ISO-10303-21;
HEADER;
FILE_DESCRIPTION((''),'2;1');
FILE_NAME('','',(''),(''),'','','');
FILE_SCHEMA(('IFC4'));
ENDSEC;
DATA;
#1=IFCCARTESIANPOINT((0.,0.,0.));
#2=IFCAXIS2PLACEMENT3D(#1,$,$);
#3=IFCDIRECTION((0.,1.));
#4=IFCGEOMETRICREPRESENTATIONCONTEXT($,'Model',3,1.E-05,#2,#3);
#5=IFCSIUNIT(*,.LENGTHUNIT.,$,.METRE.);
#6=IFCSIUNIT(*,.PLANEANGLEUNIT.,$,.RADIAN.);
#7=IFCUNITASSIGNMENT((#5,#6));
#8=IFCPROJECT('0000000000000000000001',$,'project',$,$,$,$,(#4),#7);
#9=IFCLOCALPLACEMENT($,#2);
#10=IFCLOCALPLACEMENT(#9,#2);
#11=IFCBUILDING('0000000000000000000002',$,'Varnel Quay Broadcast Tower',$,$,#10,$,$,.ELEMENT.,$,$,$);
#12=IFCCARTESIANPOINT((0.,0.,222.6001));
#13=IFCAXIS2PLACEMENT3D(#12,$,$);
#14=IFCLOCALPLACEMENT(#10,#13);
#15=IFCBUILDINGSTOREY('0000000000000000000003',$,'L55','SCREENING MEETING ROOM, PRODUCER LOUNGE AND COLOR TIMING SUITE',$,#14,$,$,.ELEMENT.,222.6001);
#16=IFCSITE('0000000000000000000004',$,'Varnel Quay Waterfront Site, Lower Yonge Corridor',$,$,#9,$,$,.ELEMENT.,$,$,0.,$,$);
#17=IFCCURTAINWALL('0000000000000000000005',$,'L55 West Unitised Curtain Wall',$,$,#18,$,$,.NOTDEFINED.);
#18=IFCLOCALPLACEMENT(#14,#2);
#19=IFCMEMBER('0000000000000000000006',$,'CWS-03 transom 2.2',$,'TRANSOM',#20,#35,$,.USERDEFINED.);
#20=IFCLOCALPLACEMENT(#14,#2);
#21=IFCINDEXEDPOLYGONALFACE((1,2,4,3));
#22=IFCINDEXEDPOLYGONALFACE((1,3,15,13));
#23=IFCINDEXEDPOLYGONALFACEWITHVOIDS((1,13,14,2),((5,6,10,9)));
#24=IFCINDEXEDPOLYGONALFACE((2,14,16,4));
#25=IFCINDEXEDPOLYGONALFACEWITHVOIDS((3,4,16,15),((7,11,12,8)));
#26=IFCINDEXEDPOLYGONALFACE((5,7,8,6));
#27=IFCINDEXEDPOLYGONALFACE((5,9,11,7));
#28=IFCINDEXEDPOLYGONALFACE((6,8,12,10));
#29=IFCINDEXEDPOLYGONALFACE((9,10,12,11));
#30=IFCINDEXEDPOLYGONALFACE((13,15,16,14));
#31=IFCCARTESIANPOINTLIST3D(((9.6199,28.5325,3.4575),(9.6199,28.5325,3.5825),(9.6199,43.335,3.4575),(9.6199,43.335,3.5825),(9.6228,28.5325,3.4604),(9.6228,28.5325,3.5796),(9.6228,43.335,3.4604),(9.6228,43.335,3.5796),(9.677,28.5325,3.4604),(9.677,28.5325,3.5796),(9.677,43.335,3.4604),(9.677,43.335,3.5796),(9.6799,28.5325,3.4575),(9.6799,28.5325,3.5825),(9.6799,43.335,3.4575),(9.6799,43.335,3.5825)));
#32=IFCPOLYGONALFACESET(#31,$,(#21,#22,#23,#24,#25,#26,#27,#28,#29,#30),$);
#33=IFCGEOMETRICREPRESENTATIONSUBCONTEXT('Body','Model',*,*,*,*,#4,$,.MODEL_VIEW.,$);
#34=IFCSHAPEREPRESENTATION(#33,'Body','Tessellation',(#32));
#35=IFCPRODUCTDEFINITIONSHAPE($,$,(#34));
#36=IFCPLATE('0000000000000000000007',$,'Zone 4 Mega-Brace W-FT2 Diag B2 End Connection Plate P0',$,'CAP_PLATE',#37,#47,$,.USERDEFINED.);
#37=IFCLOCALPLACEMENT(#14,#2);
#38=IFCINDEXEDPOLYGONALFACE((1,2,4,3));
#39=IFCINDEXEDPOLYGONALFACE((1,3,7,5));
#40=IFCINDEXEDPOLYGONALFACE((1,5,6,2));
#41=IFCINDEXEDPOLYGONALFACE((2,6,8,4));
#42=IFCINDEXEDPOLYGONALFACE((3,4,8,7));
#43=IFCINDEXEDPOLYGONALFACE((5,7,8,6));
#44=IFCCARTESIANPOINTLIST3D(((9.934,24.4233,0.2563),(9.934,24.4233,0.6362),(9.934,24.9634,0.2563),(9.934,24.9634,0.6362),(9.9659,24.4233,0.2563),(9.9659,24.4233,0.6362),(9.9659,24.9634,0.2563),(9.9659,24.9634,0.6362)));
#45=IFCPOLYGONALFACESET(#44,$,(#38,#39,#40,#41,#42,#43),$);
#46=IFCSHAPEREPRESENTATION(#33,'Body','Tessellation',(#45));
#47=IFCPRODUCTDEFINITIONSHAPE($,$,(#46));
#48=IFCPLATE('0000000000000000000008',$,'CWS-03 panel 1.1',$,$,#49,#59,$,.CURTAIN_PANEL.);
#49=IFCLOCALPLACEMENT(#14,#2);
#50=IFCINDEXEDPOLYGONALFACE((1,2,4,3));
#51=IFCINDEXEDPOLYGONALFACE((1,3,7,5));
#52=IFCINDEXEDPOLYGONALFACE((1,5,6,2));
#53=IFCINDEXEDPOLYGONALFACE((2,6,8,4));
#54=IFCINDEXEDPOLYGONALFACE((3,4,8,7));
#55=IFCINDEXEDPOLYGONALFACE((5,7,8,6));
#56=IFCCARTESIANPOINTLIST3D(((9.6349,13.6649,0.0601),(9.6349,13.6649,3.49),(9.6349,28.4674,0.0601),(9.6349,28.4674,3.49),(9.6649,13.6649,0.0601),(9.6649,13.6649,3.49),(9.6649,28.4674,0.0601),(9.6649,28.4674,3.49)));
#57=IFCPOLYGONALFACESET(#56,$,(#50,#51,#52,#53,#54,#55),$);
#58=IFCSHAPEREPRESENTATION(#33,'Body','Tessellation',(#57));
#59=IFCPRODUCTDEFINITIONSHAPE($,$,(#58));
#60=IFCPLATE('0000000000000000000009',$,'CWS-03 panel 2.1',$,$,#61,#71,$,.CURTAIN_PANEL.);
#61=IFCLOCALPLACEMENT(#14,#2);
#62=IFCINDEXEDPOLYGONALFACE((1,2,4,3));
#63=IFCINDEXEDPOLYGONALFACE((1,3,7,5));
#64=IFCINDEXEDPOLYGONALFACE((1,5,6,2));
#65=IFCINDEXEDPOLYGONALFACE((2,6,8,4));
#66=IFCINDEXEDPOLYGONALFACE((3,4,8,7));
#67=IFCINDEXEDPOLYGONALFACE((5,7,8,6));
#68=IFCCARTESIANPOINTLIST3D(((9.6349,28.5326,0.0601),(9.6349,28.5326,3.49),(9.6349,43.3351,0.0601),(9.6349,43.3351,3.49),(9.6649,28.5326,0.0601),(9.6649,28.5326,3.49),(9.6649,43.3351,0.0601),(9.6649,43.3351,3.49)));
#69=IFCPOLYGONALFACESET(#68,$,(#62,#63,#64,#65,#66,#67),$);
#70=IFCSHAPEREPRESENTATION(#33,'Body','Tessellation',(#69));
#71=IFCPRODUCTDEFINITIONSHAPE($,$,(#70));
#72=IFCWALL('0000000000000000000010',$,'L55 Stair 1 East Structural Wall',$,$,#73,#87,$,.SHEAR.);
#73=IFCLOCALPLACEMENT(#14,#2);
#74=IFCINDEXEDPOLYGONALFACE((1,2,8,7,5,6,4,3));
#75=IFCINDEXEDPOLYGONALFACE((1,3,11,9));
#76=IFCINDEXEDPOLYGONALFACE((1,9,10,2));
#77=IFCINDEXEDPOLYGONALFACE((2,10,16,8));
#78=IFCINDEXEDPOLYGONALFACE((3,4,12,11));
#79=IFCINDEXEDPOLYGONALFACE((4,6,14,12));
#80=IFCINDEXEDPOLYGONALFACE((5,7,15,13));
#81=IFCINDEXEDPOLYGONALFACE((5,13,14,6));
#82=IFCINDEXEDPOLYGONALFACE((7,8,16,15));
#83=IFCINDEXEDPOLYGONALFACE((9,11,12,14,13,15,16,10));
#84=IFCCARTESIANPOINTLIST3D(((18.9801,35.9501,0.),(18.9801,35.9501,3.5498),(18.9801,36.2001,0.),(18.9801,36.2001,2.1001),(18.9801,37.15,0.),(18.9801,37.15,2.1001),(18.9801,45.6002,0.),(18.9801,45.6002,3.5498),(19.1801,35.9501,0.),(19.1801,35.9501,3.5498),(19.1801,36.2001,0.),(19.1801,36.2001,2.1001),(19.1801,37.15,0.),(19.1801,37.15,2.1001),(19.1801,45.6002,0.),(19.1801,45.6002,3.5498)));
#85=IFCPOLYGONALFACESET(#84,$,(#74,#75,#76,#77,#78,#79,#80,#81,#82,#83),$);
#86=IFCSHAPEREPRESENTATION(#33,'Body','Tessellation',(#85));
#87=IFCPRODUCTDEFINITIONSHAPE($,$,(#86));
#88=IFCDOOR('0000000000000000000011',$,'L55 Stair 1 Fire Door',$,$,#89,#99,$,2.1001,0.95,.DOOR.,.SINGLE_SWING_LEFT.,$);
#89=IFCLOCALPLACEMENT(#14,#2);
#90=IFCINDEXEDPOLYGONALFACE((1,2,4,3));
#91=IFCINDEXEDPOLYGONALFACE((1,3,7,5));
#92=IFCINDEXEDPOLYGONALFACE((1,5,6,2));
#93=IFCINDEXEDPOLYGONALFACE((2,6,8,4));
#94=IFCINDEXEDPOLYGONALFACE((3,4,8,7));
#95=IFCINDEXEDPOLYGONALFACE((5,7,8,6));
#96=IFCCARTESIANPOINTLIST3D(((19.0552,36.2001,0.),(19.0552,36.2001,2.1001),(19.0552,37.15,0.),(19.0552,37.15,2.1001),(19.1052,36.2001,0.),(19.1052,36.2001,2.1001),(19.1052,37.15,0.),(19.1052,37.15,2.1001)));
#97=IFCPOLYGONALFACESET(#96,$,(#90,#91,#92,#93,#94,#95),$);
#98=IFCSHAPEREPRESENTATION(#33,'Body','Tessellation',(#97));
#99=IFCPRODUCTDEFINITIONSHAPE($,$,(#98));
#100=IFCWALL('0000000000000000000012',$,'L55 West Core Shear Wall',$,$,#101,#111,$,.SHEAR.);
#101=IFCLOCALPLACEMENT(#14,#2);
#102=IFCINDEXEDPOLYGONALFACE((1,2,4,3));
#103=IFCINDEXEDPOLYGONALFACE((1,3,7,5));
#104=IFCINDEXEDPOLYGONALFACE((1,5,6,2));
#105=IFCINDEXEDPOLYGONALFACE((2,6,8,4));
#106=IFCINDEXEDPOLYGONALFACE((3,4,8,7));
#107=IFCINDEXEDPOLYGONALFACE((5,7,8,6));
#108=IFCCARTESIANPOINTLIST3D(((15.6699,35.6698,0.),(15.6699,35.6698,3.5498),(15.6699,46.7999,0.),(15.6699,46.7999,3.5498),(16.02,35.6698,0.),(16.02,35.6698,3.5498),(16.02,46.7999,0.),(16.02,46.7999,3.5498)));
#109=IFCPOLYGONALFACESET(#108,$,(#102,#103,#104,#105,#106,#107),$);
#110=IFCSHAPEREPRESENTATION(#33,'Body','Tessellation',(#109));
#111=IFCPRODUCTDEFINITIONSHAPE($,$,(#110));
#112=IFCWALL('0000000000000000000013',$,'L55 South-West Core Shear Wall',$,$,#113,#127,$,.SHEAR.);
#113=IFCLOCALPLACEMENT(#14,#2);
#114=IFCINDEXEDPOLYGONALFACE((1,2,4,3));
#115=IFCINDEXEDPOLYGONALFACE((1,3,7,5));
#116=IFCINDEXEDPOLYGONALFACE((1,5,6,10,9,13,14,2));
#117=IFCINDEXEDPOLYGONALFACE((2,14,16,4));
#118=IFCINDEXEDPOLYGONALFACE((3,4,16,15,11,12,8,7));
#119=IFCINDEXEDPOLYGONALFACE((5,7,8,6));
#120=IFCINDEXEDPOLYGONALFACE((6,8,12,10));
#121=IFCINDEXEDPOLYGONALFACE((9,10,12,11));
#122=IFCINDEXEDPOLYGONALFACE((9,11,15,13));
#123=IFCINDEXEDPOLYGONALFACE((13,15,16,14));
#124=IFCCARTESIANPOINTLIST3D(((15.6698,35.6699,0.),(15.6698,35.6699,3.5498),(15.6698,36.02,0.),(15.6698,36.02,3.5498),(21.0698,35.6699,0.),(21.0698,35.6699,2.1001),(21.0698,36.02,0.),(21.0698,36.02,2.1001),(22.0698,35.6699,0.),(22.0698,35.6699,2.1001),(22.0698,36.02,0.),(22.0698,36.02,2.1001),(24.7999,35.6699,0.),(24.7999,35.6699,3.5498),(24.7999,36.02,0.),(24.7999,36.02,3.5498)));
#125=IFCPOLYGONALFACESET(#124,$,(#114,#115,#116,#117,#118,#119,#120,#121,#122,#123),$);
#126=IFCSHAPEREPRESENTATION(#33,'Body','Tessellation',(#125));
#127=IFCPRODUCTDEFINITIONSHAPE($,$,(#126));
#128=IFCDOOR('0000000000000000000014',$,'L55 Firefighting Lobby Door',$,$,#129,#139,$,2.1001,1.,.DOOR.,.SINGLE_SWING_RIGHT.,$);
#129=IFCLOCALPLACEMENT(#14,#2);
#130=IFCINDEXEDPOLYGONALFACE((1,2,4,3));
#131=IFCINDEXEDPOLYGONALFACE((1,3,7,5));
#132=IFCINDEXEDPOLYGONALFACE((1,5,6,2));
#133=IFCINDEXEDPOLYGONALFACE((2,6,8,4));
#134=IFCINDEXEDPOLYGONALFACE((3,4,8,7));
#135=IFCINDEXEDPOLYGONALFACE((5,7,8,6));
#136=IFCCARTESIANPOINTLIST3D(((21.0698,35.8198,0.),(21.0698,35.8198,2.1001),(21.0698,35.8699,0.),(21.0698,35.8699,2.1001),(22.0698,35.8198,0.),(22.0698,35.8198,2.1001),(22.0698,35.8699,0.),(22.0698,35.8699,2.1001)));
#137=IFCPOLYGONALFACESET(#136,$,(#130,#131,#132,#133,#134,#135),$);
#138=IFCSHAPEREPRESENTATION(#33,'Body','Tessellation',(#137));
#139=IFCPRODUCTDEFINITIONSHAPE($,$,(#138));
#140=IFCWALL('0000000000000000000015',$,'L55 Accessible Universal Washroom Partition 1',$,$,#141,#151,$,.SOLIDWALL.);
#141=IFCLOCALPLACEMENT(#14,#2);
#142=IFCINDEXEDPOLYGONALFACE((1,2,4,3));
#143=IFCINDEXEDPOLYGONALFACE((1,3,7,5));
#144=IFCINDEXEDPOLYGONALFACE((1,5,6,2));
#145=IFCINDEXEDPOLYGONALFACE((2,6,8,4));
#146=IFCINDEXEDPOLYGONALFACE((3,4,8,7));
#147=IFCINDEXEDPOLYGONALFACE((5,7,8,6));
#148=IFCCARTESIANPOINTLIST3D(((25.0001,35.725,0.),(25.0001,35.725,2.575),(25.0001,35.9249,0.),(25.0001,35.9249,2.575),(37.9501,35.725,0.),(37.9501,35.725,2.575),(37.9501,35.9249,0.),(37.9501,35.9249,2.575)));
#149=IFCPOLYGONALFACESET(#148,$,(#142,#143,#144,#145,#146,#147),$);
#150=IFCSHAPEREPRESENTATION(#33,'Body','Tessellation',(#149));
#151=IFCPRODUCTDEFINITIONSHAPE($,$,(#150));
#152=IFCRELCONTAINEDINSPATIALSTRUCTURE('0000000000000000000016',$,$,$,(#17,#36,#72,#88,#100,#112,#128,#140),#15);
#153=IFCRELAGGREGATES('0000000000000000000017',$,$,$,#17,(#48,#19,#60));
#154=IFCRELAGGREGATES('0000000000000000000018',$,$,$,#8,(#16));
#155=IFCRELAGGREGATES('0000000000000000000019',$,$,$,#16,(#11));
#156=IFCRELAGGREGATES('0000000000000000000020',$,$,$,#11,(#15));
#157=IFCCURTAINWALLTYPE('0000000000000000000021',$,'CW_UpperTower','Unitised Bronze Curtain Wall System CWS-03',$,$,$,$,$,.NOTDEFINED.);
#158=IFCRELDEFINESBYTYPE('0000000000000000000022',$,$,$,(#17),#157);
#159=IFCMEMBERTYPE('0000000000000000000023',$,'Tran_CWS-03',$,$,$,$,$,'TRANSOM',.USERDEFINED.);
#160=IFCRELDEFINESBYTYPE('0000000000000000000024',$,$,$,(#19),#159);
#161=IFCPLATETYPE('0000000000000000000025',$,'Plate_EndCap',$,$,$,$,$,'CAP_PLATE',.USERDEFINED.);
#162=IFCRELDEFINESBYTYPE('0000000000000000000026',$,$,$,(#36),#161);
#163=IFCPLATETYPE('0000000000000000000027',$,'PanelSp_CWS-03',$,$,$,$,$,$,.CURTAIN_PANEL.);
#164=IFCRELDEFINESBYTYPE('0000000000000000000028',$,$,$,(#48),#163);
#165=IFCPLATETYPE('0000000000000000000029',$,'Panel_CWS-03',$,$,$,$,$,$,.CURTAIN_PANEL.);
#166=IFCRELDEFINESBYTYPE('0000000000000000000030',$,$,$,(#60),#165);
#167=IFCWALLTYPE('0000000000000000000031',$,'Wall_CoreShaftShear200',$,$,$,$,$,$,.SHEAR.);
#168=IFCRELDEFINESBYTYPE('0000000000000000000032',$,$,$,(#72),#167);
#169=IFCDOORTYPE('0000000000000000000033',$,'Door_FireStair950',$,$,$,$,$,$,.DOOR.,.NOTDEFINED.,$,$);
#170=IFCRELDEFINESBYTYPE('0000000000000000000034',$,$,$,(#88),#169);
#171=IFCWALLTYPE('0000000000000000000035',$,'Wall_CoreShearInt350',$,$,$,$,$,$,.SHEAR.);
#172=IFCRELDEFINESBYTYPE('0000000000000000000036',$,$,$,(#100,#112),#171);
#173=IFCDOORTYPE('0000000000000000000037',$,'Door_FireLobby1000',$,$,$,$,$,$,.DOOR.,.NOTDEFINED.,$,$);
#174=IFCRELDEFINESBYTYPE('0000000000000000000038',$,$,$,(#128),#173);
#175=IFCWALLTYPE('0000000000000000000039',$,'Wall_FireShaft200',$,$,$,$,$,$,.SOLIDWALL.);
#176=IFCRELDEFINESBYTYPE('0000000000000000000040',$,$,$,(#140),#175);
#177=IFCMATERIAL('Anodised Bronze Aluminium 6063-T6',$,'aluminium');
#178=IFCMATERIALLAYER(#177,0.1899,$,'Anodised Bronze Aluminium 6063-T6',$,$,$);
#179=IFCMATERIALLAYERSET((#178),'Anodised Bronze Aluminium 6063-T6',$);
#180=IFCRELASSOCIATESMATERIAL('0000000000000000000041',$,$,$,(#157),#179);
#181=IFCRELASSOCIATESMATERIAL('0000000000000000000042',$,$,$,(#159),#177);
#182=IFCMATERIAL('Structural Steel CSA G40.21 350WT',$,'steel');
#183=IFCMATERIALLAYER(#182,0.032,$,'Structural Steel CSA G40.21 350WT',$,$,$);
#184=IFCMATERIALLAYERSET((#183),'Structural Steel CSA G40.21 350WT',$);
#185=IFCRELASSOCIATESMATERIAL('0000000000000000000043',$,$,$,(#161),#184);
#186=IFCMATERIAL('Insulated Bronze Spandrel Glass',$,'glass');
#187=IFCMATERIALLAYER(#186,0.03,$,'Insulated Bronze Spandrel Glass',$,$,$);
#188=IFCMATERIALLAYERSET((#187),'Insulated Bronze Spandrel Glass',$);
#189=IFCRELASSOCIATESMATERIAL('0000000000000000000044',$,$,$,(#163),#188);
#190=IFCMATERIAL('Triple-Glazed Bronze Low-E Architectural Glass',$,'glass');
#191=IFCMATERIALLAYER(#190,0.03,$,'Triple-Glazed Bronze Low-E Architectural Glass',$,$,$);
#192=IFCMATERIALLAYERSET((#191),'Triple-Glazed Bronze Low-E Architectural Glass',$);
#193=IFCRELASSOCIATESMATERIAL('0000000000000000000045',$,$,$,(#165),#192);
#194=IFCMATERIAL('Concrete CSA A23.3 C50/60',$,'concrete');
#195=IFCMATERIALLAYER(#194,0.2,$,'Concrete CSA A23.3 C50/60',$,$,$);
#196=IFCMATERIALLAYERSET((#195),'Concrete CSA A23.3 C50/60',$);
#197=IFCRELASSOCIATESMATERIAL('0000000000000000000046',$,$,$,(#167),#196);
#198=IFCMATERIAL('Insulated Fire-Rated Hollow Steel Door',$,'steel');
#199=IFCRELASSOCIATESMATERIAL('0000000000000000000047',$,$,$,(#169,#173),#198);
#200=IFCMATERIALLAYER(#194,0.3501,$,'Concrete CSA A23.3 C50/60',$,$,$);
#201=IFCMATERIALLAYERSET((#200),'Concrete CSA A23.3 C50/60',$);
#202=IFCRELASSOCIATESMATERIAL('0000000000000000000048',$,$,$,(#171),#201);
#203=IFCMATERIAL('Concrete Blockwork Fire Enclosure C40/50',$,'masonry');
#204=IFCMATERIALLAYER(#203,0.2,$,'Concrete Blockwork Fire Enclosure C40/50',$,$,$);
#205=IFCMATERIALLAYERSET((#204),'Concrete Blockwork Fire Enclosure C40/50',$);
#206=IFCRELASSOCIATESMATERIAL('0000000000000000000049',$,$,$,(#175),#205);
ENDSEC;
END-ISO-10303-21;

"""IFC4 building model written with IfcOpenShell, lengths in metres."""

from ifc_helpers import new_model, si_unit, direction, frame, frame_2d, origin, origin_2d, place, context, subcontext, project, spatial, rectangle, hollow_rectangle, extrude, source, transform, mapped, material, layer, layer_set, material_profile, profile_set, type_object, type_shapes, element, fill, aggregate, save


model = new_model("IFC4")

# Units and contexts
model_context = context("Model", 3, precision=1e-05, world=origin(), true_north=direction((0.0, 1.0)))
body_context = subcontext(model_context, "Body", "Model", "MODEL_VIEW")
ifc_project = project(units=[si_unit("LENGTHUNIT", "METRE"), si_unit("PLANEANGLEUNIT", "RADIAN")], contexts=[model_context])

# Site, building, storey
site_placement = place(None, origin())
site = spatial("IfcSite", under=ifc_project, at=site_placement, Name="Varnel Quay Waterfront Site, Lower Yonge Corridor", CompositionType="ELEMENT", RefElevation=0.0)
building_placement = place(site_placement, origin())
building = spatial("IfcBuilding", under=site, at=building_placement, Name="Varnel Quay Broadcast Tower", CompositionType="ELEMENT")
storey_placement = place(building_placement, frame((0.0, 0.0, 222.6001)))
storey = spatial("IfcBuildingStorey", under=building, at=storey_placement, Name="L55", Description="SCREENING MEETING ROOM, PRODUCER LOUNGE AND COLOR TIMING SUITE", CompositionType="ELEMENT", Elevation=222.6001)

# Shared definitions
ifc_material_1 = material(Name="Structural Steel CSA G40.21 350WT", Category="steel")

# Shared definitions
ifc_material_2 = material(Name="Concrete CSA A23.3 C50/60", Category="concrete")

# Curtain wall, member
ifc_material_3 = material(Name="Anodised Bronze Aluminium 6063-T6", Category="aluminium")
ifc_layer_1 = layer(ifc_material_3, 0.1899, Name="Anodised Bronze Aluminium 6063-T6")
ifc_layer_set_1 = layer_set([ifc_layer_1], Name="Anodised Bronze Aluminium 6063-T6")
curtain_wall_type = type_object("IfcCurtainWallType", Name="CW_UpperTower", Description="Unitised Bronze Curtain Wall System CWS-03", PredefinedType="NOTDEFINED", material=ifc_layer_set_1)
curtain_wall_placement = place(storey_placement, origin())
curtain_wall = element("IfcCurtainWall", 1, at=curtain_wall_placement, inside=storey, type_object=curtain_wall_type, Name="L55 West Unitised Curtain Wall", PredefinedType="NOTDEFINED")
ifc_material_profile_1 = material_profile(ifc_material_3, hollow_rectangle(XDim=0.0601, YDim=0.125, WallThickness=0.0029, at=origin_2d()), Name="ALU60X125X3")
ifc_profile_set_1 = profile_set([ifc_material_profile_1], Name="Anodised Bronze Aluminium 6063-T6")
member_type_1 = type_object("IfcMemberType", Name="Tran_CWS-03", ElementType="TRANSOM", PredefinedType="USERDEFINED", material=ifc_profile_set_1)
shared_shape_1 = source(origin(), body_context, "Body", "SweptSolid", [
    extrude(hollow_rectangle(XDim=0.0601, YDim=0.125, WallThickness=0.0029, at=origin_2d()), origin(), (0.0, 0.0, 1.0), 14.8025),
])
type_shapes(member_type_1, [shared_shape_1])
member_1_placement = place(storey_placement, frame((9.6499, 28.5325, 3.52), z_axis=(0.0, 1.0, 0.0), x_axis=(-1.0, 0.0, 0.0)))
member_1 = element("IfcMember", 2, at=member_1_placement, type_object=member_type_1, Name="CWS-03 transom 2.2", ObjectType="TRANSOM", PredefinedType="USERDEFINED", context=body_context, shape_type="MappedRepresentation", body=[
    mapped(shared_shape_1, transform((0.0, 0.0, 0.0), x_axis=(1.0, 0.0, 0.0), y_axis=(0.0, 1.0, 0.0), z_axis=(0.0, 0.0, 1.0), scale=1.0)),
])

# Plates
ifc_layer_2 = layer(ifc_material_1, 0.032, Name="Structural Steel CSA G40.21 350WT")
ifc_layer_set_2 = layer_set([ifc_layer_2], Name="Structural Steel CSA G40.21 350WT")
plate_type_1 = type_object("IfcPlateType", Name="Plate_EndCap", ElementType="CAP_PLATE", PredefinedType="USERDEFINED", material=ifc_layer_set_2)
shared_shape_2 = source(origin(), body_context, "Body", "SweptSolid", [
    extrude(rectangle(XDim=0.54, YDim=0.032, at=origin_2d()), origin(), (0.0, 0.0, 1.0), 0.3799),
])
type_shapes(plate_type_1, [shared_shape_2])
plate_1_placement = place(storey_placement, frame((9.95, 24.6934, 0.2563), z_axis=(0.0, 0.0, 1.0), x_axis=(0.0, 1.0, 0.0)))
element("IfcPlate", 3, at=plate_1_placement, inside=storey, type_object=plate_type_1, Name="Zone 4 Mega-Brace W-FT2 Diag B2 End Connection Plate P0", ObjectType="CAP_PLATE", PredefinedType="USERDEFINED", context=body_context, shape_type="MappedRepresentation", body=[
    mapped(shared_shape_2, transform((0.0, 0.0, 0.0), x_axis=(1.0, 0.0, 0.0), y_axis=(0.0, 1.0, 0.0), z_axis=(0.0, 0.0, 1.0), scale=1.0)),
])
ifc_material_4 = material(Name="Insulated Bronze Spandrel Glass", Category="glass")
ifc_layer_3 = layer(ifc_material_4, 0.03, Name="Insulated Bronze Spandrel Glass")
ifc_layer_set_3 = layer_set([ifc_layer_3], Name="Insulated Bronze Spandrel Glass")
plate_type_2 = type_object("IfcPlateType", Name="PanelSp_CWS-03", PredefinedType="CURTAIN_PANEL", material=ifc_layer_set_3)
shared_shape_3 = source(origin(), body_context, "Body", "SweptSolid", [
    extrude(rectangle(XDim=14.8025, YDim=0.03, at=origin_2d()), origin(), (0.0, 0.0, 1.0), 3.4299),
])
type_shapes(plate_type_2, [shared_shape_3])
plate_2_placement = place(storey_placement, frame((9.6499, 21.0662, 0.0601), z_axis=(0.0, 0.0, 1.0), x_axis=(0.0, 1.0, 0.0)))
plate_2 = element("IfcPlate", 4, at=plate_2_placement, type_object=plate_type_2, Name="CWS-03 panel 1.1", PredefinedType="CURTAIN_PANEL", context=body_context, shape_type="MappedRepresentation", body=[
    mapped(shared_shape_3, transform((0.0, 0.0, 0.0), x_axis=(1.0, 0.0, 0.0), y_axis=(0.0, 1.0, 0.0), z_axis=(0.0, 0.0, 1.0), scale=1.0)),
])
ifc_material_5 = material(Name="Triple-Glazed Bronze Low-E Architectural Glass", Category="glass")
ifc_layer_4 = layer(ifc_material_5, 0.03, Name="Triple-Glazed Bronze Low-E Architectural Glass")
ifc_layer_set_4 = layer_set([ifc_layer_4], Name="Triple-Glazed Bronze Low-E Architectural Glass")
plate_type_3 = type_object("IfcPlateType", Name="Panel_CWS-03", PredefinedType="CURTAIN_PANEL", material=ifc_layer_set_4)
shared_shape_4 = source(origin(), body_context, "Body", "SweptSolid", [
    extrude(rectangle(XDim=14.8025, YDim=0.03, at=origin_2d()), origin(), (0.0, 0.0, 1.0), 3.4299),
])
type_shapes(plate_type_3, [shared_shape_4])
plate_3_placement = place(storey_placement, frame((9.6499, 35.9338, 0.0601), z_axis=(0.0, 0.0, 1.0), x_axis=(0.0, 1.0, 0.0)))
plate_3 = element("IfcPlate", 5, at=plate_3_placement, type_object=plate_type_3, Name="CWS-03 panel 2.1", PredefinedType="CURTAIN_PANEL", context=body_context, shape_type="MappedRepresentation", body=[
    mapped(shared_shape_4, transform((0.0, 0.0, 0.0), x_axis=(1.0, 0.0, 0.0), y_axis=(0.0, 1.0, 0.0), z_axis=(0.0, 0.0, 1.0), scale=1.0)),
])
aggregate(curtain_wall, [plate_2, member_1, plate_3])

# Wall, opening, door
ifc_layer_5 = layer(ifc_material_2, 0.2, Name="Concrete CSA A23.3 C50/60")
ifc_layer_set_5 = layer_set([ifc_layer_5], Name="Concrete CSA A23.3 C50/60")
wall_type_1 = type_object("IfcWallType", Name="Wall_CoreShaftShear200", PredefinedType="SHEAR", material=ifc_layer_set_5)
wall_1_placement = place(storey_placement, frame((19.0801, 35.95, 0.0), z_axis=(0.0, 0.0, 1.0), x_axis=(0.0, 1.0, 0.0)))
wall_1 = element("IfcWall", 6, at=wall_1_placement, inside=storey, type_object=wall_type_1, Name="L55 Stair 1 East Structural Wall", PredefinedType="SHEAR", context=body_context, shape_type="SweptSolid", body=[
    extrude(rectangle(XDim=9.6501, YDim=0.2, at=frame_2d((4.8252, 0.0))), origin(), (0.0, 0.0, 1.0), 3.5498),
])
opening_1_placement = place(wall_1_placement, frame((0.25, 0.0, 0.0)))
opening_1 = element("IfcOpeningElement", 7, at=opening_1_placement, cuts=wall_1, PredefinedType="OPENING", context=body_context, shape_type="SweptSolid", body=[
    extrude(rectangle(XDim=0.95, YDim=2.1001, at=frame_2d((0.4751, 1.05))), frame((0.0, 0.1099, 0.0), z_axis=(0.0, -1.0, 0.0), x_axis=(1.0, 0.0, 0.0)), (0.0, 0.0, 1.0), 0.22),
])
ifc_material_6 = material(Name="Insulated Fire-Rated Hollow Steel Door", Category="steel")
door_type_1 = type_object("IfcDoorType", Name="Door_FireStair950", OperationType="NOTDEFINED", PredefinedType="DOOR", material=ifc_material_6)
shared_shape_5 = source(origin(), body_context, "Body", "SweptSolid", [
    extrude(rectangle(XDim=0.95, YDim=2.1001, at=frame_2d((0.4751, 1.05))), frame((0.0, 0.0249, 0.0), z_axis=(0.0, -1.0, 0.0), x_axis=(1.0, 0.0, 0.0)), (0.0, 0.0, 1.0), 0.05),
])
type_shapes(door_type_1, [shared_shape_5])
door_1_placement = place(opening_1_placement, origin())
door_1 = element("IfcDoor", 8, at=door_1_placement, inside=storey, type_object=door_type_1, Name="L55 Stair 1 Fire Door", OperationType="SINGLE_SWING_LEFT", OverallHeight=2.1001, OverallWidth=0.95, PredefinedType="DOOR", context=body_context, shape_type="MappedRepresentation", body=[
    mapped(shared_shape_5, transform((0.0, 0.0, 0.0), x_axis=(1.0, 0.0, 0.0), y_axis=(0.0, 1.0, 0.0), z_axis=(0.0, 0.0, 1.0), scale=1.0)),
])
fill(opening_1, door_1)

# Wall
ifc_layer_6 = layer(ifc_material_2, 0.3501, Name="Concrete CSA A23.3 C50/60")
ifc_layer_set_6 = layer_set([ifc_layer_6], Name="Concrete CSA A23.3 C50/60")
wall_type_2 = type_object("IfcWallType", Name="Wall_CoreShearInt350", PredefinedType="SHEAR", material=ifc_layer_set_6)
wall_2_placement = place(storey_placement, frame((15.845, 35.6699, 0.0), z_axis=(0.0, 0.0, 1.0), x_axis=(0.0, 1.0, 0.0)))
element("IfcWall", 9, at=wall_2_placement, inside=storey, type_object=wall_type_2, Name="L55 West Core Shear Wall", PredefinedType="SHEAR", context=body_context, shape_type="SweptSolid", body=[
    extrude(rectangle(XDim=11.1301, YDim=0.3501, at=frame_2d((5.5649, 0.0))), origin(), (0.0, 0.0, 1.0), 3.5498),
])

# Wall, opening, door
wall_3_placement = place(storey_placement, frame((15.6699, 35.845, 0.0), z_axis=(0.0, 0.0, 1.0), x_axis=(1.0, 0.0, 0.0)))
wall_3 = element("IfcWall", 10, at=wall_3_placement, inside=storey, type_object=wall_type_2, Name="L55 South-West Core Shear Wall", PredefinedType="SHEAR", context=body_context, shape_type="SweptSolid", body=[
    extrude(rectangle(XDim=9.1301, YDim=0.3501, at=frame_2d((4.5649, 0.0))), origin(), (0.0, 0.0, 1.0), 3.5498),
])
opening_2_placement = place(wall_3_placement, frame((5.3999, 0.0, 0.0)))
opening_2 = element("IfcOpeningElement", 11, at=opening_2_placement, cuts=wall_3, PredefinedType="OPENING", context=body_context, shape_type="SweptSolid", body=[
    extrude(rectangle(XDim=1.0, YDim=2.1001, at=frame_2d((0.5, 1.05))), frame((0.0, 0.1851, 0.0), z_axis=(0.0, -1.0, 0.0), x_axis=(1.0, 0.0, 0.0)), (0.0, 0.0, 1.0), 0.3701),
])
door_type_2 = type_object("IfcDoorType", Name="Door_FireLobby1000", OperationType="NOTDEFINED", PredefinedType="DOOR", material=ifc_material_6)
shared_shape_6 = source(origin(), body_context, "Body", "SweptSolid", [
    extrude(rectangle(XDim=1.0, YDim=2.1001, at=frame_2d((0.5, 1.05))), frame((0.0, 0.0249, 0.0), z_axis=(0.0, -1.0, 0.0), x_axis=(1.0, 0.0, 0.0)), (0.0, 0.0, 1.0), 0.05),
])
type_shapes(door_type_2, [shared_shape_6])
door_2_placement = place(opening_2_placement, origin())
door_2 = element("IfcDoor", 12, at=door_2_placement, inside=storey, type_object=door_type_2, Name="L55 Firefighting Lobby Door", OperationType="SINGLE_SWING_RIGHT", OverallHeight=2.1001, OverallWidth=1.0, PredefinedType="DOOR", context=body_context, shape_type="MappedRepresentation", body=[
    mapped(shared_shape_6, transform((0.0, 0.0, 0.0), x_axis=(1.0, 0.0, 0.0), y_axis=(0.0, 1.0, 0.0), z_axis=(0.0, 0.0, 1.0), scale=1.0)),
])
fill(opening_2, door_2)

# Wall
ifc_material_7 = material(Name="Concrete Blockwork Fire Enclosure C40/50", Category="masonry")
ifc_layer_7 = layer(ifc_material_7, 0.2, Name="Concrete Blockwork Fire Enclosure C40/50")
ifc_layer_set_7 = layer_set([ifc_layer_7], Name="Concrete Blockwork Fire Enclosure C40/50")
wall_type_3 = type_object("IfcWallType", Name="Wall_FireShaft200", PredefinedType="SOLIDWALL", material=ifc_layer_set_7)
wall_4_placement = place(storey_placement, frame((25.0, 35.825, 0.0), z_axis=(0.0, 0.0, 1.0), x_axis=(1.0, 0.0, 0.0)))
element("IfcWall", 13, at=wall_4_placement, inside=storey, type_object=wall_type_3, Name="L55 Accessible Universal Washroom Partition 1", PredefinedType="SOLIDWALL", context=body_context, shape_type="SweptSolid", body=[
    extrude(rectangle(XDim=12.95, YDim=0.2, at=frame_2d((6.4751, 0.0))), origin(), (0.0, 0.0, 1.0), 2.575),
])

save(model, "model.ifc")
